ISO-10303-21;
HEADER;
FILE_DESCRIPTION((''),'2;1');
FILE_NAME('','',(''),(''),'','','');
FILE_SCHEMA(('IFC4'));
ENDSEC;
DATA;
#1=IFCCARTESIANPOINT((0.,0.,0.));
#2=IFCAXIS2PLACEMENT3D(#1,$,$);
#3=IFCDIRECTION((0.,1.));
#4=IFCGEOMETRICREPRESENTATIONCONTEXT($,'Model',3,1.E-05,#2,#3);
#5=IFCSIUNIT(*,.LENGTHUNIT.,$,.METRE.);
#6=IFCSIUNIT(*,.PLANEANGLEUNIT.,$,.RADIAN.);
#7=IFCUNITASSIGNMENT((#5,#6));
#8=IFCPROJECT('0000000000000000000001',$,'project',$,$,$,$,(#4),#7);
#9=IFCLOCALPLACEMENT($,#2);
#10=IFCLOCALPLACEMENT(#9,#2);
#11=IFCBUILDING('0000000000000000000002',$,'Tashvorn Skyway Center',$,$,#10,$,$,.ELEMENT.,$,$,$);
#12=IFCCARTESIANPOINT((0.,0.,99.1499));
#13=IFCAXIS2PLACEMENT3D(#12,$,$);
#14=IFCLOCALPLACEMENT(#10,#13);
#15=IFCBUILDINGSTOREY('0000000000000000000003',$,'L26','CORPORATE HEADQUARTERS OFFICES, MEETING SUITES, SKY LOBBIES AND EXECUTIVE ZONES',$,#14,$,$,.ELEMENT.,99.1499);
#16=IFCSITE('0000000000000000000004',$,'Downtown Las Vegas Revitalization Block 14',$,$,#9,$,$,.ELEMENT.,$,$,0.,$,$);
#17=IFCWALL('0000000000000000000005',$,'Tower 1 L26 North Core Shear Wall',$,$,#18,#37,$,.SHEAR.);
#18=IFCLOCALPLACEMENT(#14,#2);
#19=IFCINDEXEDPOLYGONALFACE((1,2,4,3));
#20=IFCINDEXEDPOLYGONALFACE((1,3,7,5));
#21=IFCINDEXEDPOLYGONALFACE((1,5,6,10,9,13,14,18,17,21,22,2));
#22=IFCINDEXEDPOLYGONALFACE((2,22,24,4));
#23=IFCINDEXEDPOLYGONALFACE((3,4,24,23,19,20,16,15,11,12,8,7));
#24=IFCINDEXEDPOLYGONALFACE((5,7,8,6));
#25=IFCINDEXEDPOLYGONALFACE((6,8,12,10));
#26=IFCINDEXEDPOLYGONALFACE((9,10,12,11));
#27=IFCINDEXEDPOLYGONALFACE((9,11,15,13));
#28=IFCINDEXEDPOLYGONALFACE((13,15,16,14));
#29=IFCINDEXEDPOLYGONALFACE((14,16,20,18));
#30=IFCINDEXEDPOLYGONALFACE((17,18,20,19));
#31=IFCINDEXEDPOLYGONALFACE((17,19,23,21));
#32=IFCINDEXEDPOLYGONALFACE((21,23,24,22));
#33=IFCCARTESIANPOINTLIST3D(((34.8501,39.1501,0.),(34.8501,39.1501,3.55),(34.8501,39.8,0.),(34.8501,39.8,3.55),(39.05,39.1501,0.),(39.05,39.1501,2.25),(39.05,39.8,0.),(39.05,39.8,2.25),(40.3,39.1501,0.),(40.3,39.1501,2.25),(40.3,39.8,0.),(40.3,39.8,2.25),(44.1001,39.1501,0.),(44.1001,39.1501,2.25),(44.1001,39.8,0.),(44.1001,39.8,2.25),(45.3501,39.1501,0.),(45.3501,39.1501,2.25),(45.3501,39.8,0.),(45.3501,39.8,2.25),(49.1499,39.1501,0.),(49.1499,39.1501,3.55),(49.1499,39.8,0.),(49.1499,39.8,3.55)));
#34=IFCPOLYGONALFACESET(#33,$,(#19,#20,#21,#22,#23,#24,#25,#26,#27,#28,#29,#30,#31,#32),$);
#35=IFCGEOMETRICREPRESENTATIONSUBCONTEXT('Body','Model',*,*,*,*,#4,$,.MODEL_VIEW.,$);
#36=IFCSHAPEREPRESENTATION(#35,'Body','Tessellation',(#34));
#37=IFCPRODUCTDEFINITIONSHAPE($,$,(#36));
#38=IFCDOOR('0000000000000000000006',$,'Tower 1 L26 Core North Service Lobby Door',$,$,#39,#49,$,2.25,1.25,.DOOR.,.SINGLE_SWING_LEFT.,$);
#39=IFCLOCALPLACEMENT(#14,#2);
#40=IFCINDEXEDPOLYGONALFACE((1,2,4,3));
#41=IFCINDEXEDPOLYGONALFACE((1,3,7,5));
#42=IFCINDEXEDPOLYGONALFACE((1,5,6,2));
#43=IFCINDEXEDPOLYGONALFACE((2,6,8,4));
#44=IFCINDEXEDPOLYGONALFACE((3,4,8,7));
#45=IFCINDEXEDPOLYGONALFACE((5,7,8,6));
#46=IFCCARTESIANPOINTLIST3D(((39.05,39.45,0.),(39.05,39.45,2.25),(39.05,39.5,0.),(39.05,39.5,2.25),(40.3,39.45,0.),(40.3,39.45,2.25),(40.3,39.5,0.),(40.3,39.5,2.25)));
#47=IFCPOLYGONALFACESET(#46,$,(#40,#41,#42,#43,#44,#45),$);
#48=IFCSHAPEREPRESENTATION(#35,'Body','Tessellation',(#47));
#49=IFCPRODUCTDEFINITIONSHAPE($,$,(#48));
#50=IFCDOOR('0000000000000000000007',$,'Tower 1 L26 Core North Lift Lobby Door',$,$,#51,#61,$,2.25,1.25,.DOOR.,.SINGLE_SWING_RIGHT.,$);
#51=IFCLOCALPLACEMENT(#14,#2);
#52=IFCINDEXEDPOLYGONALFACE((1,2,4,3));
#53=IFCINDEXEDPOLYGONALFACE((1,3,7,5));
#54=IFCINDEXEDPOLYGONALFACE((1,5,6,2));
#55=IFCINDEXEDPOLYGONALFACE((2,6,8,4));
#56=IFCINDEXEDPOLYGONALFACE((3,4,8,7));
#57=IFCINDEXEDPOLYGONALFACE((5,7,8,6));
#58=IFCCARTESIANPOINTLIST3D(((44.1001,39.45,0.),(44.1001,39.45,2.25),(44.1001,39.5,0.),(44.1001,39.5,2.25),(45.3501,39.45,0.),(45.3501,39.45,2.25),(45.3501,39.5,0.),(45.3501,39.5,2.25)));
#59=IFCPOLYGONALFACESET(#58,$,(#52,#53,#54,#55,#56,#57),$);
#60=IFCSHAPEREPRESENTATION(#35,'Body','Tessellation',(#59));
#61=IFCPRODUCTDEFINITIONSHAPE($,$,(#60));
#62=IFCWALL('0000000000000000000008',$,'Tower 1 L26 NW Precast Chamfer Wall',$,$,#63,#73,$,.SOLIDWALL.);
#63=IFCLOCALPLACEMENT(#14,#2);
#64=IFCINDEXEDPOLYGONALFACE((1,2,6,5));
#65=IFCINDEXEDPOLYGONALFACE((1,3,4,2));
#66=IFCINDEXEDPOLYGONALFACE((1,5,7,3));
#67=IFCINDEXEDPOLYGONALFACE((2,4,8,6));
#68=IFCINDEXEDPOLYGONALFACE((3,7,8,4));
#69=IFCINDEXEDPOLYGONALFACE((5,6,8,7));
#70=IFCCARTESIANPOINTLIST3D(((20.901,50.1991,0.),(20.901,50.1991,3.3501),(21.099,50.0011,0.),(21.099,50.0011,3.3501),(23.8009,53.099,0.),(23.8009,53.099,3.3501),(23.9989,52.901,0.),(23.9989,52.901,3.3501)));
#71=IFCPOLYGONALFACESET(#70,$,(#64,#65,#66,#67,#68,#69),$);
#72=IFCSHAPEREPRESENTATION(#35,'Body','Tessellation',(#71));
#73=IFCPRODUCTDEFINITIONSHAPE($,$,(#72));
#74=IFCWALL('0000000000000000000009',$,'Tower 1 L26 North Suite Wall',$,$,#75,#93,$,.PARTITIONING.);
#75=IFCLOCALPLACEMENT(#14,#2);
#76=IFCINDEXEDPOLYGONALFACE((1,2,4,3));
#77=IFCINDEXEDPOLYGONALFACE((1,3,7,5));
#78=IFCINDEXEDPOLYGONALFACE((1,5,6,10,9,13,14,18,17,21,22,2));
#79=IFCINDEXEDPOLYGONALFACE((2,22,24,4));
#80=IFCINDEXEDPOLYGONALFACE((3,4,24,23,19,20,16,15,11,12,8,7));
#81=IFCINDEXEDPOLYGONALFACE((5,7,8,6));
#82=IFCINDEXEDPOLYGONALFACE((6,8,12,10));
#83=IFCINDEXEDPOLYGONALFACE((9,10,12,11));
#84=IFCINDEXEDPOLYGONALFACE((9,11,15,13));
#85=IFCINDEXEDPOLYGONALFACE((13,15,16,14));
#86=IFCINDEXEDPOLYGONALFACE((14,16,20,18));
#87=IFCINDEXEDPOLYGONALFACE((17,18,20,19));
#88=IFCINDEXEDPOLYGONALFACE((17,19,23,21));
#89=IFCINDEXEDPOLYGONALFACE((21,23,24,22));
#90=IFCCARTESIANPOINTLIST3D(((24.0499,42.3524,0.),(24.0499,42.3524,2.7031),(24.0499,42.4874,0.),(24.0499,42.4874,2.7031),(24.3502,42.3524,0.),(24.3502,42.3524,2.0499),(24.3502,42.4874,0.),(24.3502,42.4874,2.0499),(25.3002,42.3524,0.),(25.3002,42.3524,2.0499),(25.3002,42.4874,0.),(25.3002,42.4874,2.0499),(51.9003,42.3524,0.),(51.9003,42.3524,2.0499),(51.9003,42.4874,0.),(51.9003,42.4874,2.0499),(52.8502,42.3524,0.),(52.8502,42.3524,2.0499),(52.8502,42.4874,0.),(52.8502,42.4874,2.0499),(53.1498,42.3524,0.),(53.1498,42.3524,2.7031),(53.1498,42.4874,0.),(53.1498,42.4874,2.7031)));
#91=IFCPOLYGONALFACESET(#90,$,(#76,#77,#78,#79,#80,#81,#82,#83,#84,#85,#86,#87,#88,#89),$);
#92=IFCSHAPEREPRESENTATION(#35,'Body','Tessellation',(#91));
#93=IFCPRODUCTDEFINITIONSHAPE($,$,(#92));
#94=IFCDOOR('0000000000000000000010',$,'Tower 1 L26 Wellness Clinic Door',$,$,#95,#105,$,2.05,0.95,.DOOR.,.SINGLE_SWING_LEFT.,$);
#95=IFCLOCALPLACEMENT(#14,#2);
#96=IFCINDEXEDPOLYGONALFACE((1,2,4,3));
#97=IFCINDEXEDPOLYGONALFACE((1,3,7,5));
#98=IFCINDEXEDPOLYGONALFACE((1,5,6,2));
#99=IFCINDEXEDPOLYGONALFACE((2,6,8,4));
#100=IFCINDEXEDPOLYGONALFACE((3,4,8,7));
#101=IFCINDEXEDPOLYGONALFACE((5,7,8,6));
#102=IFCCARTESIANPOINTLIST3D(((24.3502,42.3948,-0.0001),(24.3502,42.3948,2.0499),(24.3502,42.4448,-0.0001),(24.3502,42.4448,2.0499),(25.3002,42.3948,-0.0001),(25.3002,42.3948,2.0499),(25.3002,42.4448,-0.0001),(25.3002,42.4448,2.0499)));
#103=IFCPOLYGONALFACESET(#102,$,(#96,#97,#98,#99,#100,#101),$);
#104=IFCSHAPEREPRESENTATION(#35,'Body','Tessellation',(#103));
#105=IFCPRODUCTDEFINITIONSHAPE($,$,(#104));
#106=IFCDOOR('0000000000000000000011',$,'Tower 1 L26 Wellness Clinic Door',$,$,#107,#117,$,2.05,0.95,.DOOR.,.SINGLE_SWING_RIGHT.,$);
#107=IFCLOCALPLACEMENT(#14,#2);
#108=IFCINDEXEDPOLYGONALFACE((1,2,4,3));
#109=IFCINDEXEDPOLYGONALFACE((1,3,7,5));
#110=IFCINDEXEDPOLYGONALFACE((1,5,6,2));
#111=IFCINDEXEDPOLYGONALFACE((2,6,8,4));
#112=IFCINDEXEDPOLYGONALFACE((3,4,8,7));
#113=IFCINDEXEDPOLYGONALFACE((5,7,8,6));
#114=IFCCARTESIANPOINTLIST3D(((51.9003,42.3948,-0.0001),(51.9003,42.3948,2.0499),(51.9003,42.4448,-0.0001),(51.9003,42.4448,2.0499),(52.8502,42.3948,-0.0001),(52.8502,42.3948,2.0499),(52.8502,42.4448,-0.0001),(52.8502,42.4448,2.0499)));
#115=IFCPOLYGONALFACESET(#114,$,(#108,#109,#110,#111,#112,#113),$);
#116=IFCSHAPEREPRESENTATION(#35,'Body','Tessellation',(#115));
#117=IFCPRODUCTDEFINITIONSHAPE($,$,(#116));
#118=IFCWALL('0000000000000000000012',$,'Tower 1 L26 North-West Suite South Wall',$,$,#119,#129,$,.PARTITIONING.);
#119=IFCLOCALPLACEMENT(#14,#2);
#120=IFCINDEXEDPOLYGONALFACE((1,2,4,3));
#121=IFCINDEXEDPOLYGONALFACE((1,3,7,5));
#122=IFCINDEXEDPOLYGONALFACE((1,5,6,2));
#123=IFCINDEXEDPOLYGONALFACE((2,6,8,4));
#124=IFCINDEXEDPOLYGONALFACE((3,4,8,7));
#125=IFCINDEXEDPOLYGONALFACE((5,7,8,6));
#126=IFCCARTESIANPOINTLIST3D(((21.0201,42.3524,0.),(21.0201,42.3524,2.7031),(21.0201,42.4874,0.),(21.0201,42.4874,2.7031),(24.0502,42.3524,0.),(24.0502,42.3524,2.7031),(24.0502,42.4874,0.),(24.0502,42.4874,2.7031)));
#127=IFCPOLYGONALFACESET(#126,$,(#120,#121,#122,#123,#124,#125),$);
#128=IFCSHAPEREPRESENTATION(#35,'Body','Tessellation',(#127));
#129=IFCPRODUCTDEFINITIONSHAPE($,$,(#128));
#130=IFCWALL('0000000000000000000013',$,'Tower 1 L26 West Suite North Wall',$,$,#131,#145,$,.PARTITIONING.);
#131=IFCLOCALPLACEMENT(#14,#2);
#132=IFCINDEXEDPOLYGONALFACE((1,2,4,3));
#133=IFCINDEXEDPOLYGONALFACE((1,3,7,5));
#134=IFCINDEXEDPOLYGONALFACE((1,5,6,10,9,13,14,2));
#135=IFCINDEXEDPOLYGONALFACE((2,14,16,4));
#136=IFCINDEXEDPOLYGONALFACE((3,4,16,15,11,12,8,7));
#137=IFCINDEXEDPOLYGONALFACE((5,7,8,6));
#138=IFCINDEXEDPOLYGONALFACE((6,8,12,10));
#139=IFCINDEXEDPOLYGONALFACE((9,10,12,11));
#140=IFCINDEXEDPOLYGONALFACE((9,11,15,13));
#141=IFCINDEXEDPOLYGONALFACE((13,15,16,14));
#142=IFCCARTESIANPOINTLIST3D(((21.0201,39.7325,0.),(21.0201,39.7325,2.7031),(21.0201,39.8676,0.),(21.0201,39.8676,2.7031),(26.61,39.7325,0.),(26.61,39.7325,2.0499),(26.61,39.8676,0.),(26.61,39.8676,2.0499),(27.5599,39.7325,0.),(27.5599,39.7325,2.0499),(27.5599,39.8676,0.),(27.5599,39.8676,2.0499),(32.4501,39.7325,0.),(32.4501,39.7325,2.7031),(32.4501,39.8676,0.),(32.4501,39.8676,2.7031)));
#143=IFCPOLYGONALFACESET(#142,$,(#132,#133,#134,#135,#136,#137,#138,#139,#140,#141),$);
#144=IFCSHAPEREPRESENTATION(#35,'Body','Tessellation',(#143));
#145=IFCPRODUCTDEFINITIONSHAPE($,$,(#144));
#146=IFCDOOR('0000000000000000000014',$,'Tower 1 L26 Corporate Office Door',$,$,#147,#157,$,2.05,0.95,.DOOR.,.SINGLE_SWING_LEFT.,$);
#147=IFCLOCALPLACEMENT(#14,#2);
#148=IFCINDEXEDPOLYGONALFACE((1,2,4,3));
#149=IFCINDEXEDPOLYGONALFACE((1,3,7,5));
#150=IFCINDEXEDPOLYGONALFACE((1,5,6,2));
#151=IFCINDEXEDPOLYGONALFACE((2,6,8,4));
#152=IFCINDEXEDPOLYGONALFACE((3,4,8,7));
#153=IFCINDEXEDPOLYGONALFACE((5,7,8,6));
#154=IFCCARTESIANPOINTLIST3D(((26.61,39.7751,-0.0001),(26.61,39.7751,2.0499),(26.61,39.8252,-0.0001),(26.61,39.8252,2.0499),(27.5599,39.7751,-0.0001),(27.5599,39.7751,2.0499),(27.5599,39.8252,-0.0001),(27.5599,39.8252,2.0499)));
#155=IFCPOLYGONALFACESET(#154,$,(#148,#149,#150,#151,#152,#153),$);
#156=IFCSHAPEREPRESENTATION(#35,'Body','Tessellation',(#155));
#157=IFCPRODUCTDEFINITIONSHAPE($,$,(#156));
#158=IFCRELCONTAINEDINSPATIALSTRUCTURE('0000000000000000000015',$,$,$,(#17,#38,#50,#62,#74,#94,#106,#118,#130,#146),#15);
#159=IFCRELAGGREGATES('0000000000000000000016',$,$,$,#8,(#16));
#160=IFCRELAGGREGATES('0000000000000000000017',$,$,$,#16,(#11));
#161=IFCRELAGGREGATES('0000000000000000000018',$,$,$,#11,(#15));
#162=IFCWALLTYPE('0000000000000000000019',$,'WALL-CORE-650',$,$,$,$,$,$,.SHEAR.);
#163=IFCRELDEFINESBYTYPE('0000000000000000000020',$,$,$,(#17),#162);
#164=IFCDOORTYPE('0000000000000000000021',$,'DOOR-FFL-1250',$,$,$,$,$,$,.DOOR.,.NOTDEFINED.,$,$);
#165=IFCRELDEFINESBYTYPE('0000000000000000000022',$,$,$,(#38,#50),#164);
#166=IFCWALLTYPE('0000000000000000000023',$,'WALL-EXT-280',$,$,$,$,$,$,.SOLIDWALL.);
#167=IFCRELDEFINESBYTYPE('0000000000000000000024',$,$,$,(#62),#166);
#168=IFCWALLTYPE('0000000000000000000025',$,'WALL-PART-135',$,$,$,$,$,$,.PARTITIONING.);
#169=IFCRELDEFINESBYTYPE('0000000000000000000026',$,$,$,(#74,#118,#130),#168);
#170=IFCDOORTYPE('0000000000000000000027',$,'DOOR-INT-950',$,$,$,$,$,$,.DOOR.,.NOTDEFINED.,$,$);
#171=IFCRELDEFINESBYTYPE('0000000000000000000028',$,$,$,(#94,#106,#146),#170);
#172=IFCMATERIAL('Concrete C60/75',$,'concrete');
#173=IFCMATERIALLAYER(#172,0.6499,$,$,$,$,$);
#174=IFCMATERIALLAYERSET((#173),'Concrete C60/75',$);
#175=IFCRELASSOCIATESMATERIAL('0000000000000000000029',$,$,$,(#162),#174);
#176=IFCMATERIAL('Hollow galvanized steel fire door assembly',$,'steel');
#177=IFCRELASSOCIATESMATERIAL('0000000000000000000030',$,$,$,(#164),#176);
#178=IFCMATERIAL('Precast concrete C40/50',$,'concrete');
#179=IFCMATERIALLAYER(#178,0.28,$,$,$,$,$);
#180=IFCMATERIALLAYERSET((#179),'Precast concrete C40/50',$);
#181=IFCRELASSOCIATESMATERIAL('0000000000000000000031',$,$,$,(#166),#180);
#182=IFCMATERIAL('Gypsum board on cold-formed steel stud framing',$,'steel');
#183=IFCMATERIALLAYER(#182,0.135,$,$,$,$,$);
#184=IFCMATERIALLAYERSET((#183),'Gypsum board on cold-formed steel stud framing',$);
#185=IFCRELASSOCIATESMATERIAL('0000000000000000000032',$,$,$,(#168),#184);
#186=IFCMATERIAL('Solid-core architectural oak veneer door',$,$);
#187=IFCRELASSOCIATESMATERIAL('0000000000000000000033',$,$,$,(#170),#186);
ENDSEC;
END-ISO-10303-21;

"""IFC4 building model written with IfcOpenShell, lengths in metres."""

from ifc_helpers import new_model, si_unit, direction, frame, frame_2d, origin, place, context, subcontext, project, spatial, rectangle, extrude, material, layer, layer_set, type_object, element, fill, save


model = new_model("IFC4")

# Units and contexts
model_context = context("Model", 3, precision=1e-05, world=origin(), true_north=direction((0.0, 1.0)))
body_context = subcontext(model_context, "Body", "Model", "MODEL_VIEW")
ifc_project = project(units=[si_unit("LENGTHUNIT", "METRE"), si_unit("PLANEANGLEUNIT", "RADIAN")], contexts=[model_context])

# Site, building, storey
site_placement = place(None, origin())
site = spatial("IfcSite", under=ifc_project, at=site_placement, Name="Downtown Las Vegas Revitalization Block 14", CompositionType="ELEMENT", RefElevation=0.0)
building_placement = place(site_placement, origin())
building = spatial("IfcBuilding", under=site, at=building_placement, Name="Tashvorn Skyway Center", CompositionType="ELEMENT")
storey_placement = place(building_placement, frame((0.0, 0.0, 99.1499)))
storey = spatial("IfcBuildingStorey", under=building, at=storey_placement, Name="L26", Description="CORPORATE HEADQUARTERS OFFICES, MEETING SUITES, SKY LOBBIES AND EXECUTIVE ZONES", CompositionType="ELEMENT", Elevation=99.1499)

# Wall, openings, doors
ifc_material_1 = material(Name="Concrete C60/75", Category="concrete")
ifc_layer_1 = layer(ifc_material_1, 0.6499)
ifc_layer_set_1 = layer_set([ifc_layer_1], Name="Concrete C60/75")
wall_type_1 = type_object("IfcWallType", Name="WALL-CORE-650", PredefinedType="SHEAR", material=ifc_layer_set_1)
wall_1_placement = place(storey_placement, frame((34.8501, 39.4751, 0.0), z_axis=(0.0, 0.0, 1.0), x_axis=(1.0, 0.0, 0.0)))
wall_1 = element("IfcWall", 1, at=wall_1_placement, inside=storey, type_object=wall_type_1, Name="Tower 1 L26 North Core Shear Wall", PredefinedType="SHEAR", context=body_context, shape_type="SweptSolid", body=[
    extrude(rectangle(XDim=14.2998, YDim=0.6499, at=frame_2d((7.1499, 0.0))), origin(), (0.0, 0.0, 1.0), 3.55),
])
opening_1_placement = place(wall_1_placement, frame((4.2, 0.0, 0.0)))
opening_1 = element("IfcOpeningElement", 2, at=opening_1_placement, cuts=wall_1, PredefinedType="OPENING", context=body_context, shape_type="SweptSolid", body=[
    extrude(rectangle(XDim=1.25, YDim=2.25, at=frame_2d((0.625, 1.125))), frame((0.0, 0.335, 0.0), z_axis=(0.0, -1.0, 0.0), x_axis=(1.0, 0.0, 0.0)), (0.0, 0.0, 1.0), 0.6699),
])
opening_2_placement = place(wall_1_placement, frame((9.25, 0.0, 0.0)))
opening_2 = element("IfcOpeningElement", 3, at=opening_2_placement, cuts=wall_1, PredefinedType="OPENING", context=body_context, shape_type="SweptSolid", body=[
    extrude(rectangle(XDim=1.25, YDim=2.25, at=frame_2d((0.625, 1.125))), frame((0.0, 0.335, 0.0), z_axis=(0.0, -1.0, 0.0), x_axis=(1.0, 0.0, 0.0)), (0.0, 0.0, 1.0), 0.6699),
])
ifc_material_2 = material(Name="Hollow galvanized steel fire door assembly", Category="steel")
door_type_1 = type_object("IfcDoorType", Name="DOOR-FFL-1250", OperationType="NOTDEFINED", PredefinedType="DOOR", material=ifc_material_2)
door_1_placement = place(opening_1_placement, origin())
door_1 = element("IfcDoor", 4, at=door_1_placement, inside=storey, type_object=door_type_1, Name="Tower 1 L26 Core North Service Lobby Door", OperationType="SINGLE_SWING_LEFT", OverallHeight=2.25, OverallWidth=1.25, PredefinedType="DOOR", context=body_context, shape_type="SweptSolid", body=[
    extrude(rectangle(XDim=1.25, YDim=2.25, at=frame_2d((0.625, 1.125))), frame((0.0, 0.0249, 0.0), z_axis=(0.0, -1.0, 0.0), x_axis=(1.0, 0.0, 0.0)), (0.0, 0.0, 1.0), 0.05),
])
fill(opening_1, door_1)
door_2_placement = place(opening_2_placement, origin())
door_2 = element("IfcDoor", 5, at=door_2_placement, inside=storey, type_object=door_type_1, Name="Tower 1 L26 Core North Lift Lobby Door", OperationType="SINGLE_SWING_RIGHT", OverallHeight=2.25, OverallWidth=1.25, PredefinedType="DOOR", context=body_context, shape_type="SweptSolid", body=[
    extrude(rectangle(XDim=1.25, YDim=2.25, at=frame_2d((0.625, 1.125))), frame((0.0, 0.0249, 0.0), z_axis=(0.0, -1.0, 0.0), x_axis=(1.0, 0.0, 0.0)), (0.0, 0.0, 1.0), 0.05),
])
fill(opening_2, door_2)

# Wall
ifc_material_3 = material(Name="Precast concrete C40/50", Category="concrete")
ifc_layer_2 = layer(ifc_material_3, 0.28)
ifc_layer_set_2 = layer_set([ifc_layer_2], Name="Precast concrete C40/50")
wall_type_2 = type_object("IfcWallType", Name="WALL-EXT-280", PredefinedType="SOLIDWALL", material=ifc_layer_set_2)
wall_2_placement = place(storey_placement, frame((21.0, 50.1001, 0.0), z_axis=(0.0, 0.0, 1.0), x_axis=(0.707107, 0.707107, 0.0)))
element("IfcWall", 6, at=wall_2_placement, inside=storey, type_object=wall_type_2, Name="Tower 1 L26 NW Precast Chamfer Wall", PredefinedType="SOLIDWALL", context=body_context, shape_type="SweptSolid", body=[
    extrude(rectangle(XDim=4.1011, YDim=0.28, at=frame_2d((2.0505, 0.0))), origin(), (0.0, 0.0, 1.0), 3.3501),
])

# Wall, openings, doors
ifc_material_4 = material(Name="Gypsum board on cold-formed steel stud framing", Category="steel")
ifc_layer_3 = layer(ifc_material_4, 0.135)
ifc_layer_set_3 = layer_set([ifc_layer_3], Name="Gypsum board on cold-formed steel stud framing")
wall_type_3 = type_object("IfcWallType", Name="WALL-PART-135", PredefinedType="PARTITIONING", material=ifc_layer_set_3)
wall_3_placement = place(storey_placement, frame((24.05, 42.4199, 0.0), z_axis=(0.0, 0.0, 1.0), x_axis=(1.0, 0.0, 0.0)))
wall_3 = element("IfcWall", 7, at=wall_3_placement, inside=storey, type_object=wall_type_3, Name="Tower 1 L26 North Suite Wall", PredefinedType="PARTITIONING", context=body_context, shape_type="SweptSolid", body=[
    extrude(rectangle(XDim=29.0999, YDim=0.135, at=frame_2d((14.5498, 0.0))), origin(), (0.0, 0.0, 1.0), 2.7031),
])
opening_3_placement = place(wall_3_placement, frame((0.3, 0.0, 0.0)))
opening_3 = element("IfcOpeningElement", 8, at=opening_3_placement, cuts=wall_3, PredefinedType="OPENING", context=body_context, shape_type="SweptSolid", body=[
    extrude(rectangle(XDim=0.95, YDim=2.05, at=frame_2d((0.4751, 1.0249))), frame((0.0, 0.0774, 0.0), z_axis=(0.0, -1.0, 0.0), x_axis=(1.0, 0.0, 0.0)), (0.0, 0.0, 1.0), 0.155),
])
opening_4_placement = place(wall_3_placement, frame((27.8501, 0.0, 0.0)))
opening_4 = element("IfcOpeningElement", 9, at=opening_4_placement, cuts=wall_3, PredefinedType="OPENING", context=body_context, shape_type="SweptSolid", body=[
    extrude(rectangle(XDim=0.95, YDim=2.05, at=frame_2d((0.4751, 1.0249))), frame((0.0, 0.0774, 0.0), z_axis=(0.0, -1.0, 0.0), x_axis=(1.0, 0.0, 0.0)), (0.0, 0.0, 1.0), 0.155),
])
ifc_material_5 = material(Name="Solid-core architectural oak veneer door")
door_type_2 = type_object("IfcDoorType", Name="DOOR-INT-950", OperationType="NOTDEFINED", PredefinedType="DOOR", material=ifc_material_5)
door_3_placement = place(opening_3_placement, origin())
door_3 = element("IfcDoor", 10, at=door_3_placement, inside=storey, type_object=door_type_2, Name="Tower 1 L26 Wellness Clinic Door", OperationType="SINGLE_SWING_LEFT", OverallHeight=2.05, OverallWidth=0.95, PredefinedType="DOOR", context=body_context, shape_type="SweptSolid", body=[
    extrude(rectangle(XDim=0.95, YDim=2.05, at=frame_2d((0.4751, 1.0249))), frame((0.0, 0.0249, 0.0), z_axis=(0.0, -1.0, 0.0), x_axis=(1.0, 0.0, 0.0)), (0.0, 0.0, 1.0), 0.05),
])
fill(opening_3, door_3)
door_4_placement = place(opening_4_placement, origin())
door_4 = element("IfcDoor", 11, at=door_4_placement, inside=storey, type_object=door_type_2, Name="Tower 1 L26 Wellness Clinic Door", OperationType="SINGLE_SWING_RIGHT", OverallHeight=2.05, OverallWidth=0.95, PredefinedType="DOOR", context=body_context, shape_type="SweptSolid", body=[
    extrude(rectangle(XDim=0.95, YDim=2.05, at=frame_2d((0.4751, 1.0249))), frame((0.0, 0.0249, 0.0), z_axis=(0.0, -1.0, 0.0), x_axis=(1.0, 0.0, 0.0)), (0.0, 0.0, 1.0), 0.05),
])
fill(opening_4, door_4)

# Wall
wall_4_placement = place(storey_placement, frame((21.02, 42.4199, 0.0), z_axis=(0.0, 0.0, 1.0), x_axis=(1.0, 0.0, 0.0)))
element("IfcWall", 12, at=wall_4_placement, inside=storey, type_object=wall_type_3, Name="Tower 1 L26 North-West Suite South Wall", PredefinedType="PARTITIONING", context=body_context, shape_type="SweptSolid", body=[
    extrude(rectangle(XDim=3.03, YDim=0.135, at=frame_2d((1.5151, 0.0))), origin(), (0.0, 0.0, 1.0), 2.7031),
])

# Wall, opening, door
wall_5_placement = place(storey_placement, frame((32.45, 39.8, 0.0), z_axis=(0.0, 0.0, 1.0), x_axis=(-1.0, 0.0, 0.0)))
wall_5 = element("IfcWall", 13, at=wall_5_placement, inside=storey, type_object=wall_type_3, Name="Tower 1 L26 West Suite North Wall", PredefinedType="PARTITIONING", context=body_context, shape_type="SweptSolid", body=[
    extrude(rectangle(XDim=11.4299, YDim=0.135, at=frame_2d((5.7148, 0.0))), origin(), (0.0, 0.0, 1.0), 2.7031),
])
opening_5_placement = place(wall_5_placement, frame((4.8899, 0.0, 0.0)))
opening_5 = element("IfcOpeningElement", 14, at=opening_5_placement, cuts=wall_5, PredefinedType="OPENING", context=body_context, shape_type="SweptSolid", body=[
    extrude(rectangle(XDim=0.95, YDim=2.05, at=frame_2d((0.4751, 1.0249))), frame((0.0, 0.0774, 0.0), z_axis=(0.0, -1.0, 0.0), x_axis=(1.0, 0.0, 0.0)), (0.0, 0.0, 1.0), 0.155),
])
door_5_placement = place(opening_5_placement, origin())
door_5 = element("IfcDoor", 15, at=door_5_placement, inside=storey, type_object=door_type_2, Name="Tower 1 L26 Corporate Office Door", OperationType="SINGLE_SWING_LEFT", OverallHeight=2.05, OverallWidth=0.95, PredefinedType="DOOR", context=body_context, shape_type="SweptSolid", body=[
    extrude(rectangle(XDim=0.95, YDim=2.05, at=frame_2d((0.4751, 1.0249))), frame((0.0, 0.0249, 0.0), z_axis=(0.0, -1.0, 0.0), x_axis=(1.0, 0.0, 0.0)), (0.0, 0.0, 1.0), 0.05),
])
fill(opening_5, door_5)

save(model, "model.ifc")
